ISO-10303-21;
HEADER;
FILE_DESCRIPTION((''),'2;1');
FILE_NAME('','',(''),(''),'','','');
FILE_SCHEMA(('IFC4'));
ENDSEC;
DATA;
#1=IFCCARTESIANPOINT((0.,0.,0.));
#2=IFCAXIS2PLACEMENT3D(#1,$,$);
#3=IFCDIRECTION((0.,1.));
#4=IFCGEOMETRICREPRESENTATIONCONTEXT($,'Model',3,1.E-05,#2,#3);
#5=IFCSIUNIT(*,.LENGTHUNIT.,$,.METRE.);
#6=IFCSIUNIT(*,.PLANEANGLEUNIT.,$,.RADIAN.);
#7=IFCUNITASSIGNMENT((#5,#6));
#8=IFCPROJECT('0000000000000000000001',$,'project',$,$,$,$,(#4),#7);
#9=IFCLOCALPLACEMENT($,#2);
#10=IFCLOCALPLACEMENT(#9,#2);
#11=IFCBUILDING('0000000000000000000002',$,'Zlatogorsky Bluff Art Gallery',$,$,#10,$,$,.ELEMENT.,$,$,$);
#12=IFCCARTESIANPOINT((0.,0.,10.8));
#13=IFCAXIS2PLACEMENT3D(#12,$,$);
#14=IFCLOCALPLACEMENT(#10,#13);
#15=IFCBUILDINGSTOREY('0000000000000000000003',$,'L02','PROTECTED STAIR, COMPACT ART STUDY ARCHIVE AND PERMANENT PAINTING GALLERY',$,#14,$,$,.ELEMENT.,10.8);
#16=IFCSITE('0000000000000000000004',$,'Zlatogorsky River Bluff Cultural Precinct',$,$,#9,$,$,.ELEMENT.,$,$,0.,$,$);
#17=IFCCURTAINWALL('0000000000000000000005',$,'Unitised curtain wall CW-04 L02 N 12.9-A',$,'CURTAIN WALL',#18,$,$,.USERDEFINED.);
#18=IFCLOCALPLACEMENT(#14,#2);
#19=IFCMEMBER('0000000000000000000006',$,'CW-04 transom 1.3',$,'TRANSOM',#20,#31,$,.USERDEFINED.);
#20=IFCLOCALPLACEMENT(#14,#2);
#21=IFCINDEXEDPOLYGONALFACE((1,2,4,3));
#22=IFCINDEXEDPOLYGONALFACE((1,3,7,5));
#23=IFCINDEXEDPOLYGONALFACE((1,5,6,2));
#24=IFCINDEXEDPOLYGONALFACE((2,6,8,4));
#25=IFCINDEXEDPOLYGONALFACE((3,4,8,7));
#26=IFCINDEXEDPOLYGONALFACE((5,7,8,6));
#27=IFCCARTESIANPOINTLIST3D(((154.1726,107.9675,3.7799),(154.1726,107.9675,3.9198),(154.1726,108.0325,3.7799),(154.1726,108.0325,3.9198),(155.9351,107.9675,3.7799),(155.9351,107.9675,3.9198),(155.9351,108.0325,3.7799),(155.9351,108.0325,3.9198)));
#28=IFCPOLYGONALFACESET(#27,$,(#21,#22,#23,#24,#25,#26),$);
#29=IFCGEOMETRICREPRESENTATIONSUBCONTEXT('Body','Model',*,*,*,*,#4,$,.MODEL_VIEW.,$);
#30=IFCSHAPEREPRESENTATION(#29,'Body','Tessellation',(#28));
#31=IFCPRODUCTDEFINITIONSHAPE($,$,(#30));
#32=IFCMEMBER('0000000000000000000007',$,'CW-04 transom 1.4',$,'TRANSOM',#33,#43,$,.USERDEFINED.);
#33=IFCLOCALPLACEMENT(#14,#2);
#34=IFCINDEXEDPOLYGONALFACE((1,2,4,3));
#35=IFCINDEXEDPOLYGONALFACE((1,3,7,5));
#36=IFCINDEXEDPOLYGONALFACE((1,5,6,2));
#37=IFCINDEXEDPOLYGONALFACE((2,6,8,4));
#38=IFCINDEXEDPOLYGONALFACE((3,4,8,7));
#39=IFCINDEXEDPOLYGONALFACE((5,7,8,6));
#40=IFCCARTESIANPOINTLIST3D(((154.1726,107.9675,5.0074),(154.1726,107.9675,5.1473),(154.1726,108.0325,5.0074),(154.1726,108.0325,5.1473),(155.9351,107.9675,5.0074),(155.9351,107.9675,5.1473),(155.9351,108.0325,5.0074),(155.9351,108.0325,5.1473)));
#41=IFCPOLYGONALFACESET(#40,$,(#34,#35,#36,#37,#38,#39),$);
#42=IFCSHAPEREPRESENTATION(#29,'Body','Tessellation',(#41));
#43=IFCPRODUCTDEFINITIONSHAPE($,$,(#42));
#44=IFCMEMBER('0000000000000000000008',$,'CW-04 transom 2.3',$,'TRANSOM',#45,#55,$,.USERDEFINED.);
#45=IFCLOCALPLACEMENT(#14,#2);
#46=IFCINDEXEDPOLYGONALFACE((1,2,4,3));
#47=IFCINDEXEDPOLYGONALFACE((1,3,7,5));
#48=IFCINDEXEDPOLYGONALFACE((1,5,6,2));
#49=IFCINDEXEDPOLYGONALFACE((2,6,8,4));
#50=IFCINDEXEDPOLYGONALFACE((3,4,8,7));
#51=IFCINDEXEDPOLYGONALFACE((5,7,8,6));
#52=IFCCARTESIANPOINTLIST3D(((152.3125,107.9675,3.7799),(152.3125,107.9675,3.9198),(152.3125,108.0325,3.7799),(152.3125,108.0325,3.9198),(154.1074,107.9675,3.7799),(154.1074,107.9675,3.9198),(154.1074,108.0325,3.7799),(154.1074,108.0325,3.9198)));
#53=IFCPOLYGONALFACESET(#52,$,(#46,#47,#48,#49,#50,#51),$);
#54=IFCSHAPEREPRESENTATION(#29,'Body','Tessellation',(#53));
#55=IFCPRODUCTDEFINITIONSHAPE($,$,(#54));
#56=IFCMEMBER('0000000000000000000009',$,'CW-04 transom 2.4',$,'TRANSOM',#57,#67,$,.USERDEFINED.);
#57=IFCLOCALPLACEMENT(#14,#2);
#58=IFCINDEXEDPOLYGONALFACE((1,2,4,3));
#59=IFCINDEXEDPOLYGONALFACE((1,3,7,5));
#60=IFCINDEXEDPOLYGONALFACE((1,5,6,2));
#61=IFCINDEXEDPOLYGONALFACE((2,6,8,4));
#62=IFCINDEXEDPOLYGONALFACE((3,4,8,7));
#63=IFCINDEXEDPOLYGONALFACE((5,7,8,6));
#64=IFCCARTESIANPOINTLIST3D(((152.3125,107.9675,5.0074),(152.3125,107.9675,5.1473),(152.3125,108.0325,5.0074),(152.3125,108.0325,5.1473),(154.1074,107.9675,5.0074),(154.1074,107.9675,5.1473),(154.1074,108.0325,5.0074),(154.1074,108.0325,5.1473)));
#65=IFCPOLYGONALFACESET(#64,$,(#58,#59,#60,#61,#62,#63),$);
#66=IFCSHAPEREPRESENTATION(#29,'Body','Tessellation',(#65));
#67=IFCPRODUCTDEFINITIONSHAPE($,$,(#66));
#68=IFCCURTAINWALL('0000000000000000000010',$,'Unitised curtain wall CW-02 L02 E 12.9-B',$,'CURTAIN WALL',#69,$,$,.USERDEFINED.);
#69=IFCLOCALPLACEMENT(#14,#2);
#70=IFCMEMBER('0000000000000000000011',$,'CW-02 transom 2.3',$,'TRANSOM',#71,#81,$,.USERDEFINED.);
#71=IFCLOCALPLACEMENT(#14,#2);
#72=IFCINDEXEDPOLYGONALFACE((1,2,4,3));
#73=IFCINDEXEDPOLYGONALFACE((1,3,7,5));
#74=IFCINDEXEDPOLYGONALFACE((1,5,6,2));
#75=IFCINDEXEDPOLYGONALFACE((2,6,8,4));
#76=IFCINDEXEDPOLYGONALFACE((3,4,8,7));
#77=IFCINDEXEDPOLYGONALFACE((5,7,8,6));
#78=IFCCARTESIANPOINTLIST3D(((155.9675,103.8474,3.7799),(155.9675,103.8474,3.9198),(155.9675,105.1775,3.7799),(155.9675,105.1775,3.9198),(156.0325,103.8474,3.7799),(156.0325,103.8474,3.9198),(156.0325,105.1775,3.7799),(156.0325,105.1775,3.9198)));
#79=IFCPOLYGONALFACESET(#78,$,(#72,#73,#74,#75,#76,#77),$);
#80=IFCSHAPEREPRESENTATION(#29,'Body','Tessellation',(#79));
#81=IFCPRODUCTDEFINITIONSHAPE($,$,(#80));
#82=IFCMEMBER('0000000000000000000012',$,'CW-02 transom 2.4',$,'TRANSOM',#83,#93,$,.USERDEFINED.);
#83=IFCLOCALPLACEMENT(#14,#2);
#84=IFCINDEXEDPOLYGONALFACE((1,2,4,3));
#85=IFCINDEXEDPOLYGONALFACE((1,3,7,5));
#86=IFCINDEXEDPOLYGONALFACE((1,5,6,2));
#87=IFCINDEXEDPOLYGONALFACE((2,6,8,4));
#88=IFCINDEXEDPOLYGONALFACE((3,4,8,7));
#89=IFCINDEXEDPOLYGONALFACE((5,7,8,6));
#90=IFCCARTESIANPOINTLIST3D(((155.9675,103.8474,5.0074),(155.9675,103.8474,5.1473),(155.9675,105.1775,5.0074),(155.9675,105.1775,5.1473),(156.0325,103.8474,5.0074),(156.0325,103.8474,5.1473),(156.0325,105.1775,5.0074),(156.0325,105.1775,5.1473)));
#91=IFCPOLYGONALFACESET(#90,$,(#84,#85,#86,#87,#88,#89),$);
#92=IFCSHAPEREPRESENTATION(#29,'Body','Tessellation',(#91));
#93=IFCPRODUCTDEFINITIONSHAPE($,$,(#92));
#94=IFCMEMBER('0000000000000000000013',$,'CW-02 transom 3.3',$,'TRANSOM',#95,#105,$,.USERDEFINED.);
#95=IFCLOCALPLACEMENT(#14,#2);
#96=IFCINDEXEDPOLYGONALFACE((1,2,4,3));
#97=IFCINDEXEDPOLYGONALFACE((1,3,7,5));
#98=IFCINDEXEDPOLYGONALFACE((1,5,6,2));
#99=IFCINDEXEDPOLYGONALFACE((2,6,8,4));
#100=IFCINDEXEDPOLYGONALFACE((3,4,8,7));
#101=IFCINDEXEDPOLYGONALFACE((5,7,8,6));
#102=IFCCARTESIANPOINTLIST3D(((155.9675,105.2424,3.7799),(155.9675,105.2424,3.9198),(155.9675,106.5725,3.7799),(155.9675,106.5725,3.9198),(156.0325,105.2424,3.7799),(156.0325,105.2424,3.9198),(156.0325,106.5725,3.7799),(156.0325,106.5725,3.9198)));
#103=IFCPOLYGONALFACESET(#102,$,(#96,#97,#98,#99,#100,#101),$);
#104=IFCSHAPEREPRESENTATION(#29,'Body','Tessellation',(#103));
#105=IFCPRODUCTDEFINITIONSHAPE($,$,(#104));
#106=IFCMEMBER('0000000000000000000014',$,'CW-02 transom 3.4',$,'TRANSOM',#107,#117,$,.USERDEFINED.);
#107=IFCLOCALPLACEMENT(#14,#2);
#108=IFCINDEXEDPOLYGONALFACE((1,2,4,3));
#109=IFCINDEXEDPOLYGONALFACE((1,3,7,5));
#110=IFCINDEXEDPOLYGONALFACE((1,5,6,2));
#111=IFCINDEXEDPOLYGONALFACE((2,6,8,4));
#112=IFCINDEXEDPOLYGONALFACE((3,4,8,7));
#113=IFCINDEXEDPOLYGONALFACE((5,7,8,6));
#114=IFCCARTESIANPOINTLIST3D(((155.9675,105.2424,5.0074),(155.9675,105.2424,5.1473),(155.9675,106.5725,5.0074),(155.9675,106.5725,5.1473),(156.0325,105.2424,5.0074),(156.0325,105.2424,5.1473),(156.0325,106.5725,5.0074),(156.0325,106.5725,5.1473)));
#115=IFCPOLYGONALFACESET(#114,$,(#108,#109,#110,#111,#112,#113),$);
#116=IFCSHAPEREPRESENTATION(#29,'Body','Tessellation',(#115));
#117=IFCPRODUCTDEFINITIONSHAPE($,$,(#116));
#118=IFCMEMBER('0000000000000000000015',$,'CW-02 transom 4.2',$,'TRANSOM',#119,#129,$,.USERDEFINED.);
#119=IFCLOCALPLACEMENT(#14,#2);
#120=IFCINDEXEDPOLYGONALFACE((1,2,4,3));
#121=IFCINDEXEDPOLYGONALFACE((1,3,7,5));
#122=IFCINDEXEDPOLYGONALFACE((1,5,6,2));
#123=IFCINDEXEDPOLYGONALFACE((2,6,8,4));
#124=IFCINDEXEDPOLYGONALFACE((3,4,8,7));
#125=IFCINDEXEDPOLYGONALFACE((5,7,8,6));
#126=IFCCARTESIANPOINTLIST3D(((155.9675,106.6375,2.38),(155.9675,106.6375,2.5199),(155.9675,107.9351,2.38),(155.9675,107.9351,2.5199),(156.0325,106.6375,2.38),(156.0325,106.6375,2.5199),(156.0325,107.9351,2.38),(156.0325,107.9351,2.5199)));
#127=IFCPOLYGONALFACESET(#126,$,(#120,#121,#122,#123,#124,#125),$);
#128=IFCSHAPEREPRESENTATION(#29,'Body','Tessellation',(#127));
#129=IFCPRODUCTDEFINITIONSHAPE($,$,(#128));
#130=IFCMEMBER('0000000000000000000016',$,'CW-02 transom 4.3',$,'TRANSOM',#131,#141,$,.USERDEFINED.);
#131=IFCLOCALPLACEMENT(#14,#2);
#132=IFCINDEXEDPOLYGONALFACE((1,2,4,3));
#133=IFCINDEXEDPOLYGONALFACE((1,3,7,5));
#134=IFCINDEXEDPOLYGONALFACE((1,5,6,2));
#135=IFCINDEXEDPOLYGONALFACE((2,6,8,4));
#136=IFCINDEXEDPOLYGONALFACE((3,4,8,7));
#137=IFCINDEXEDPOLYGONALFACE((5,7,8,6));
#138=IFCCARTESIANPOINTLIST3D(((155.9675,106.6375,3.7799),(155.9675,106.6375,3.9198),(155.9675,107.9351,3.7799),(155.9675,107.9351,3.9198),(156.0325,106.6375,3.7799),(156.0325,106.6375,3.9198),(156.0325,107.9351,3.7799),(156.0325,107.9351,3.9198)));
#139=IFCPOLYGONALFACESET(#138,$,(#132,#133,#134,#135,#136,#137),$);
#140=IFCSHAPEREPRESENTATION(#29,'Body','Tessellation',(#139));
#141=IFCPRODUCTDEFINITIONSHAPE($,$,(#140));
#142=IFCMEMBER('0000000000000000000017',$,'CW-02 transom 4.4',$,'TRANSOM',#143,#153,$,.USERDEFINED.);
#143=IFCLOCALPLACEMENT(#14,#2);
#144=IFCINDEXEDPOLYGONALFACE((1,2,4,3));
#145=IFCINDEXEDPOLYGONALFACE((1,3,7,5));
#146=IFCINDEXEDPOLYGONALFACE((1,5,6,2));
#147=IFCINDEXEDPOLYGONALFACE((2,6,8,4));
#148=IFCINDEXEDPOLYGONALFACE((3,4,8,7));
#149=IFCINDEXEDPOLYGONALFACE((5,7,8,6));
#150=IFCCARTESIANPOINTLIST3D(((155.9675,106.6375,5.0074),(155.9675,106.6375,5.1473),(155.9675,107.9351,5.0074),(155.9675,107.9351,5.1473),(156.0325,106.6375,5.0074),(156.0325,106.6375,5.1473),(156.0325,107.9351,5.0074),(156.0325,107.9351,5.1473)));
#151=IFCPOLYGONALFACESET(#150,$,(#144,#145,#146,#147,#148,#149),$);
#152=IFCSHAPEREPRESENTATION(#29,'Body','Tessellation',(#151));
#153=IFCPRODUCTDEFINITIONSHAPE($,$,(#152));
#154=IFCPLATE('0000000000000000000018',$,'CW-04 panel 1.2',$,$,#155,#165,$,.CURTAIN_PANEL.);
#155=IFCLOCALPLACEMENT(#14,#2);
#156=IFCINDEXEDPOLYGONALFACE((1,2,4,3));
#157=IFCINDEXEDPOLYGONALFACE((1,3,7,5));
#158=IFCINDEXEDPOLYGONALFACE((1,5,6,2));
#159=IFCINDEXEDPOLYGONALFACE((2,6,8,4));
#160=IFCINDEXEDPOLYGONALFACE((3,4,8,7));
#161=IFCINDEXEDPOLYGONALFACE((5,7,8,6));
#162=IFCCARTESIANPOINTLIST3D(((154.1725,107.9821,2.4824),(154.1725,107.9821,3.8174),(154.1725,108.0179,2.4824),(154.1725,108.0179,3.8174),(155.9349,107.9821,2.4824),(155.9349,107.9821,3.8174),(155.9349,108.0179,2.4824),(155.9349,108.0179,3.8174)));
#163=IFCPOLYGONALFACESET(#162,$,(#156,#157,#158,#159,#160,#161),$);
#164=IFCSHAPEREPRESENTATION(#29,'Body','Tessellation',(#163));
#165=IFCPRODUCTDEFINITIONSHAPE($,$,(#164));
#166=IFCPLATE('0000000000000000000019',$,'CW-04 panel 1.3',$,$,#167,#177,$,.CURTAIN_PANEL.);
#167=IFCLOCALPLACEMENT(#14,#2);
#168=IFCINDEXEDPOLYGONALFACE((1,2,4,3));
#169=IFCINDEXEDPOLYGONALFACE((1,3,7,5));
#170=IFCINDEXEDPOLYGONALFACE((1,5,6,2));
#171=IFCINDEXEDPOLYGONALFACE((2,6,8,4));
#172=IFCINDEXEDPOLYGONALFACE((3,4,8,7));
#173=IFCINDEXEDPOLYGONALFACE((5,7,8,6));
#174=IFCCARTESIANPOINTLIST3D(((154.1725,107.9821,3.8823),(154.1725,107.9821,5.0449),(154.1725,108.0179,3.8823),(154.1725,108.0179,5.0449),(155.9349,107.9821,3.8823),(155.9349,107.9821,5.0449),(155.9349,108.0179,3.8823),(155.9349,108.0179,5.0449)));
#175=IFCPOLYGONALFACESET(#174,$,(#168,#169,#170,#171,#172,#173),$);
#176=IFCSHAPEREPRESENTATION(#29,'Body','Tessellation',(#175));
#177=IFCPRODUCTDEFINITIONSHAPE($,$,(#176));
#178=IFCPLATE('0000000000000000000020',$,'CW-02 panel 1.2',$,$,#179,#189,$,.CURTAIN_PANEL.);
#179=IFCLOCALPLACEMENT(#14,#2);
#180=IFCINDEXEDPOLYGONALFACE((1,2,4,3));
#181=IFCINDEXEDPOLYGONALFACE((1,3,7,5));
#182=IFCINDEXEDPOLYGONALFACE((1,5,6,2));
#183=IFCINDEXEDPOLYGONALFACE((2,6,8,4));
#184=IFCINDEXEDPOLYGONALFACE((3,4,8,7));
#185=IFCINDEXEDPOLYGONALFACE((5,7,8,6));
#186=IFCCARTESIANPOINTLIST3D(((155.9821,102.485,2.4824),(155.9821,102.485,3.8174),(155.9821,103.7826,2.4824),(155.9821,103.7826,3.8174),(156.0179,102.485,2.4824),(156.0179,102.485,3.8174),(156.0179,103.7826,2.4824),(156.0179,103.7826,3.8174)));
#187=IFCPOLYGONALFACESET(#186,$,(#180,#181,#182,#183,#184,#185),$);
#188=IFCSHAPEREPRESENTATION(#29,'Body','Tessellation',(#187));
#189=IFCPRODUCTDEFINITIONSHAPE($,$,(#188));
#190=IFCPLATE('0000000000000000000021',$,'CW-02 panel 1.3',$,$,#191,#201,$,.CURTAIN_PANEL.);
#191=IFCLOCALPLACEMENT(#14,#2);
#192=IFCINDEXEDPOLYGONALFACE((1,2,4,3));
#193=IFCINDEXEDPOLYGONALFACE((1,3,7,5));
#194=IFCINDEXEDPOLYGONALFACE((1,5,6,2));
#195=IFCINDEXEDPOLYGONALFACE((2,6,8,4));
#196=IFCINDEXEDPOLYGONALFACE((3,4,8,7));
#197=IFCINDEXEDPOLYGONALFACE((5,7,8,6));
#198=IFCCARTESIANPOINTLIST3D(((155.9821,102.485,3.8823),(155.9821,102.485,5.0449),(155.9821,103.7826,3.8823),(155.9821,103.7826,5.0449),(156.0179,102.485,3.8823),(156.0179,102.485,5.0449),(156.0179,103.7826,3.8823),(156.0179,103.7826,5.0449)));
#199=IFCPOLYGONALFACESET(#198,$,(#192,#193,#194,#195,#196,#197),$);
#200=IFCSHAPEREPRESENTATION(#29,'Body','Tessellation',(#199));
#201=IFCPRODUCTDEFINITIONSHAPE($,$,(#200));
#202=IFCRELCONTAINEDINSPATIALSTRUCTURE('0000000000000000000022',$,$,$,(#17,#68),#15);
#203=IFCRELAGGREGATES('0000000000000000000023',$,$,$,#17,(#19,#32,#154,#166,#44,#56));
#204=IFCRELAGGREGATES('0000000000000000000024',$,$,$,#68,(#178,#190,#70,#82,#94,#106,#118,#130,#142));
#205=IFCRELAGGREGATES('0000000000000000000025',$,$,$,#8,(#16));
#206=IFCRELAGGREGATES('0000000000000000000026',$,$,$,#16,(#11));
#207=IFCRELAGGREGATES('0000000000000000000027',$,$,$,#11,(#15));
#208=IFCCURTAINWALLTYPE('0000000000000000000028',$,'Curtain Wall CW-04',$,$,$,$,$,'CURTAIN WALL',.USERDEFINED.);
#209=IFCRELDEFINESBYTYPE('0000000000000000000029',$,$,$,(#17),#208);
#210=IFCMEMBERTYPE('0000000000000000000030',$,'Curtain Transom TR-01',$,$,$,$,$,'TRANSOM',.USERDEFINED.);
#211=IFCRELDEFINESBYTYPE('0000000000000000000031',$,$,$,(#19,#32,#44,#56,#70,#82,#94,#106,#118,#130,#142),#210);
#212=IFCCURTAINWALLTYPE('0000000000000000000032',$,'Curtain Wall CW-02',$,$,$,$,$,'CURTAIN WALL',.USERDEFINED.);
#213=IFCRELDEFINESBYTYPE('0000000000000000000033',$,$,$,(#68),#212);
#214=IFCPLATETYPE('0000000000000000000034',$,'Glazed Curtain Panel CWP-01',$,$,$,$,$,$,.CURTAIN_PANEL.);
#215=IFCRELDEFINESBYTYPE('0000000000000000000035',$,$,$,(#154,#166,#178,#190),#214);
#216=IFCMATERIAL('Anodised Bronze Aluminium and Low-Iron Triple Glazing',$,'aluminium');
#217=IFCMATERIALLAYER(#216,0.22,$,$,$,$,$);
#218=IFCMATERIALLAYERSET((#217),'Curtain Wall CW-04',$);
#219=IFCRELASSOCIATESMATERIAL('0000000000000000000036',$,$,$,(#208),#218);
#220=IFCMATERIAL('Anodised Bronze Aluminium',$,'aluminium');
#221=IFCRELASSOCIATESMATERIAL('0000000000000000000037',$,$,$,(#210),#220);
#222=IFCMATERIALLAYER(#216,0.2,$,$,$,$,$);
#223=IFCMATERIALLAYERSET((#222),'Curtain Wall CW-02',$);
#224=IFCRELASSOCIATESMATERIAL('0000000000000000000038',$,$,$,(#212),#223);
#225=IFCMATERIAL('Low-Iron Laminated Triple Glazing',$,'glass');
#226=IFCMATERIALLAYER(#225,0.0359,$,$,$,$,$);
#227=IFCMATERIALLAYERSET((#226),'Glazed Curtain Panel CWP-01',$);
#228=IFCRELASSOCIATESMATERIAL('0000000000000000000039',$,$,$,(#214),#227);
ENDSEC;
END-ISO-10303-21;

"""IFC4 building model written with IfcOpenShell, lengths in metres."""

from ifc_helpers import new_model, si_unit, direction, frame, origin, origin_2d, place, context, subcontext, project, spatial, rectangle, extrude, material, layer, layer_set, material_profile, profile_set, type_object, element, aggregate, save


model = new_model("IFC4")

# Units and contexts
model_context = context("Model", 3, precision=1e-05, world=origin(), true_north=direction((0.0, 1.0)))
body_context = subcontext(model_context, "Body", "Model", "MODEL_VIEW")
ifc_project = project(units=[si_unit("LENGTHUNIT", "METRE"), si_unit("PLANEANGLEUNIT", "RADIAN")], contexts=[model_context])

# Site, building, storey
site_placement = place(None, origin())
site = spatial("IfcSite", under=ifc_project, at=site_placement, Name="Zlatogorsky River Bluff Cultural Precinct", CompositionType="ELEMENT", RefElevation=0.0)
building_placement = place(site_placement, origin())
building = spatial("IfcBuilding", under=site, at=building_placement, Name="Zlatogorsky Bluff Art Gallery", CompositionType="ELEMENT")
storey_placement = place(building_placement, frame((0.0, 0.0, 10.8)))
storey = spatial("IfcBuildingStorey", under=building, at=storey_placement, Name="L02", Description="PROTECTED STAIR, COMPACT ART STUDY ARCHIVE AND PERMANENT PAINTING GALLERY", CompositionType="ELEMENT", Elevation=10.8)

# Curtain walls, members
ifc_material_1 = material(Name="Anodised Bronze Aluminium and Low-Iron Triple Glazing", Category="aluminium")
ifc_layer_1 = layer(ifc_material_1, 0.22)
ifc_layer_set_1 = layer_set([ifc_layer_1], Name="Curtain Wall CW-04")
curtain_wall_type_1 = type_object("IfcCurtainWallType", Name="Curtain Wall CW-04", ElementType="CURTAIN WALL", PredefinedType="USERDEFINED", material=ifc_layer_set_1)
curtain_wall_1_placement = place(storey_placement, origin())
curtain_wall_1 = element("IfcCurtainWall", 1, at=curtain_wall_1_placement, inside=storey, type_object=curtain_wall_type_1, Name="Unitised curtain wall CW-04 L02 N 12.9-A", ObjectType="CURTAIN WALL", PredefinedType="USERDEFINED")
ifc_material_2 = material(Name="Anodised Bronze Aluminium", Category="aluminium")
ifc_material_profile = material_profile(ifc_material_2, rectangle(XDim=0.0649, YDim=0.1399, at=origin_2d()), Name="ALU TRANSOM 65x140")
ifc_profile_set = profile_set([ifc_material_profile], Name="Anodised Bronze Aluminium")
member_type = type_object("IfcMemberType", Name="Curtain Transom TR-01", ElementType="TRANSOM", PredefinedType="USERDEFINED", material=ifc_profile_set)
member_1_placement = place(storey_placement, frame((155.9351, 108.0, 3.8499), z_axis=(-1.0, 0.0, 0.0), x_axis=(0.0, -1.0, 0.0)))
member_1 = element("IfcMember", 2, at=member_1_placement, type_object=member_type, Name="CW-04 transom 1.3", ObjectType="TRANSOM", PredefinedType="USERDEFINED", context=body_context, shape_type="SweptSolid", body=[
    extrude(rectangle(XDim=0.0649, YDim=0.1399, at=origin_2d()), origin(), (0.0, 0.0, 1.0), 1.7625),
])
member_2_placement = place(storey_placement, frame((155.9351, 108.0, 5.0774), z_axis=(-1.0, 0.0, 0.0), x_axis=(0.0, -1.0, 0.0)))
member_2 = element("IfcMember", 3, at=member_2_placement, type_object=member_type, Name="CW-04 transom 1.4", ObjectType="TRANSOM", PredefinedType="USERDEFINED", context=body_context, shape_type="SweptSolid", body=[
    extrude(rectangle(XDim=0.0649, YDim=0.1399, at=origin_2d()), origin(), (0.0, 0.0, 1.0), 1.7625),
])
member_3_placement = place(storey_placement, frame((154.1074, 108.0, 3.8499), z_axis=(-1.0, 0.0, 0.0), x_axis=(0.0, -1.0, 0.0)))
member_3 = element("IfcMember", 4, at=member_3_placement, type_object=member_type, Name="CW-04 transom 2.3", ObjectType="TRANSOM", PredefinedType="USERDEFINED", context=body_context, shape_type="SweptSolid", body=[
    extrude(rectangle(XDim=0.0649, YDim=0.1399, at=origin_2d()), origin(), (0.0, 0.0, 1.0), 1.7949),
])
member_4_placement = place(storey_placement, frame((154.1074, 108.0, 5.0774), z_axis=(-1.0, 0.0, 0.0), x_axis=(0.0, -1.0, 0.0)))
member_4 = element("IfcMember", 5, at=member_4_placement, type_object=member_type, Name="CW-04 transom 2.4", ObjectType="TRANSOM", PredefinedType="USERDEFINED", context=body_context, shape_type="SweptSolid", body=[
    extrude(rectangle(XDim=0.0649, YDim=0.1399, at=origin_2d()), origin(), (0.0, 0.0, 1.0), 1.7949),
])
ifc_layer_2 = layer(ifc_material_1, 0.2)
ifc_layer_set_2 = layer_set([ifc_layer_2], Name="Curtain Wall CW-02")
curtain_wall_type_2 = type_object("IfcCurtainWallType", Name="Curtain Wall CW-02", ElementType="CURTAIN WALL", PredefinedType="USERDEFINED", material=ifc_layer_set_2)
curtain_wall_2_placement = place(storey_placement, origin())
curtain_wall_2 = element("IfcCurtainWall", 6, at=curtain_wall_2_placement, inside=storey, type_object=curtain_wall_type_2, Name="Unitised curtain wall CW-02 L02 E 12.9-B", ObjectType="CURTAIN WALL", PredefinedType="USERDEFINED")
member_5_placement = place(storey_placement, frame((156.0, 103.8474, 3.8499), z_axis=(0.0, 1.0, 0.0), x_axis=(-1.0, 0.0, 0.0)))
member_5 = element("IfcMember", 7, at=member_5_placement, type_object=member_type, Name="CW-02 transom 2.3", ObjectType="TRANSOM", PredefinedType="USERDEFINED", context=body_context, shape_type="SweptSolid", body=[
    extrude(rectangle(XDim=0.0649, YDim=0.1399, at=origin_2d()), origin(), (0.0, 0.0, 1.0), 1.3301),
])
member_6_placement = place(storey_placement, frame((156.0, 103.8474, 5.0774), z_axis=(0.0, 1.0, 0.0), x_axis=(-1.0, 0.0, 0.0)))
member_6 = element("IfcMember", 8, at=member_6_placement, type_object=member_type, Name="CW-02 transom 2.4", ObjectType="TRANSOM", PredefinedType="USERDEFINED", context=body_context, shape_type="SweptSolid", body=[
    extrude(rectangle(XDim=0.0649, YDim=0.1399, at=origin_2d()), origin(), (0.0, 0.0, 1.0), 1.3301),
])
member_7_placement = place(storey_placement, frame((156.0, 105.2424, 3.8499), z_axis=(0.0, 1.0, 0.0), x_axis=(-1.0, 0.0, 0.0)))
member_7 = element("IfcMember", 9, at=member_7_placement, type_object=member_type, Name="CW-02 transom 3.3", ObjectType="TRANSOM", PredefinedType="USERDEFINED", context=body_context, shape_type="SweptSolid", body=[
    extrude(rectangle(XDim=0.0649, YDim=0.1399, at=origin_2d()), origin(), (0.0, 0.0, 1.0), 1.3301),
])
member_8_placement = place(storey_placement, frame((156.0, 105.2424, 5.0774), z_axis=(0.0, 1.0, 0.0), x_axis=(-1.0, 0.0, 0.0)))
member_8 = element("IfcMember", 10, at=member_8_placement, type_object=member_type, Name="CW-02 transom 3.4", ObjectType="TRANSOM", PredefinedType="USERDEFINED", context=body_context, shape_type="SweptSolid", body=[
    extrude(rectangle(XDim=0.0649, YDim=0.1399, at=origin_2d()), origin(), (0.0, 0.0, 1.0), 1.3301),
])
member_9_placement = place(storey_placement, frame((156.0, 106.6375, 2.45), z_axis=(0.0, 1.0, 0.0), x_axis=(-1.0, 0.0, 0.0)))
member_9 = element("IfcMember", 11, at=member_9_placement, type_object=member_type, Name="CW-02 transom 4.2", ObjectType="TRANSOM", PredefinedType="USERDEFINED", context=body_context, shape_type="SweptSolid", body=[
    extrude(rectangle(XDim=0.0649, YDim=0.1399, at=origin_2d()), origin(), (0.0, 0.0, 1.0), 1.2976),
])
member_10_placement = place(storey_placement, frame((156.0, 106.6375, 3.8499), z_axis=(0.0, 1.0, 0.0), x_axis=(-1.0, 0.0, 0.0)))
member_10 = element("IfcMember", 12, at=member_10_placement, type_object=member_type, Name="CW-02 transom 4.3", ObjectType="TRANSOM", PredefinedType="USERDEFINED", context=body_context, shape_type="SweptSolid", body=[
    extrude(rectangle(XDim=0.0649, YDim=0.1399, at=origin_2d()), origin(), (0.0, 0.0, 1.0), 1.2976),
])
member_11_placement = place(storey_placement, frame((156.0, 106.6375, 5.0774), z_axis=(0.0, 1.0, 0.0), x_axis=(-1.0, 0.0, 0.0)))
member_11 = element("IfcMember", 13, at=member_11_placement, type_object=member_type, Name="CW-02 transom 4.4", ObjectType="TRANSOM", PredefinedType="USERDEFINED", context=body_context, shape_type="SweptSolid", body=[
    extrude(rectangle(XDim=0.0649, YDim=0.1399, at=origin_2d()), origin(), (0.0, 0.0, 1.0), 1.2976),
])

# Plates
ifc_material_3 = material(Name="Low-Iron Laminated Triple Glazing", Category="glass")
ifc_layer_3 = layer(ifc_material_3, 0.0359)
ifc_layer_set_3 = layer_set([ifc_layer_3], Name="Glazed Curtain Panel CWP-01")
plate_type = type_object("IfcPlateType", Name="Glazed Curtain Panel CWP-01", PredefinedType="CURTAIN_PANEL", material=ifc_layer_set_3)
plate_1_placement = place(storey_placement, frame((155.0537, 108.0, 2.4824), z_axis=(0.0, 0.0, 1.0), x_axis=(-1.0, 0.0, 0.0)))
plate_1 = element("IfcPlate", 14, at=plate_1_placement, type_object=plate_type, Name="CW-04 panel 1.2", PredefinedType="CURTAIN_PANEL", context=body_context, shape_type="SweptSolid", body=[
    extrude(rectangle(XDim=1.7625, YDim=0.0359, at=origin_2d()), origin(), (0.0, 0.0, 1.0), 1.335),
])
plate_2_placement = place(storey_placement, frame((155.0537, 108.0, 3.8823), z_axis=(0.0, 0.0, 1.0), x_axis=(-1.0, 0.0, 0.0)))
plate_2 = element("IfcPlate", 15, at=plate_2_placement, type_object=plate_type, Name="CW-04 panel 1.3", PredefinedType="CURTAIN_PANEL", context=body_context, shape_type="SweptSolid", body=[
    extrude(rectangle(XDim=1.7625, YDim=0.0359, at=origin_2d()), origin(), (0.0, 0.0, 1.0), 1.1626),
])
aggregate(curtain_wall_1, [member_1, member_2, plate_1, plate_2, member_3, member_4])
plate_3_placement = place(storey_placement, frame((156.0, 103.1338, 2.4824), z_axis=(0.0, 0.0, 1.0), x_axis=(0.0, 1.0, 0.0)))
plate_3 = element("IfcPlate", 16, at=plate_3_placement, type_object=plate_type, Name="CW-02 panel 1.2", PredefinedType="CURTAIN_PANEL", context=body_context, shape_type="SweptSolid", body=[
    extrude(rectangle(XDim=1.2976, YDim=0.0359, at=origin_2d()), origin(), (0.0, 0.0, 1.0), 1.335),
])
plate_4_placement = place(storey_placement, frame((156.0, 103.1338, 3.8823), z_axis=(0.0, 0.0, 1.0), x_axis=(0.0, 1.0, 0.0)))
plate_4 = element("IfcPlate", 17, at=plate_4_placement, type_object=plate_type, Name="CW-02 panel 1.3", PredefinedType="CURTAIN_PANEL", context=body_context, shape_type="SweptSolid", body=[
    extrude(rectangle(XDim=1.2976, YDim=0.0359, at=origin_2d()), origin(), (0.0, 0.0, 1.0), 1.1626),
])
aggregate(curtain_wall_2, [plate_3, plate_4, member_5, member_6, member_7, member_8, member_9, member_10, member_11])

save(model, "model.ifc")
